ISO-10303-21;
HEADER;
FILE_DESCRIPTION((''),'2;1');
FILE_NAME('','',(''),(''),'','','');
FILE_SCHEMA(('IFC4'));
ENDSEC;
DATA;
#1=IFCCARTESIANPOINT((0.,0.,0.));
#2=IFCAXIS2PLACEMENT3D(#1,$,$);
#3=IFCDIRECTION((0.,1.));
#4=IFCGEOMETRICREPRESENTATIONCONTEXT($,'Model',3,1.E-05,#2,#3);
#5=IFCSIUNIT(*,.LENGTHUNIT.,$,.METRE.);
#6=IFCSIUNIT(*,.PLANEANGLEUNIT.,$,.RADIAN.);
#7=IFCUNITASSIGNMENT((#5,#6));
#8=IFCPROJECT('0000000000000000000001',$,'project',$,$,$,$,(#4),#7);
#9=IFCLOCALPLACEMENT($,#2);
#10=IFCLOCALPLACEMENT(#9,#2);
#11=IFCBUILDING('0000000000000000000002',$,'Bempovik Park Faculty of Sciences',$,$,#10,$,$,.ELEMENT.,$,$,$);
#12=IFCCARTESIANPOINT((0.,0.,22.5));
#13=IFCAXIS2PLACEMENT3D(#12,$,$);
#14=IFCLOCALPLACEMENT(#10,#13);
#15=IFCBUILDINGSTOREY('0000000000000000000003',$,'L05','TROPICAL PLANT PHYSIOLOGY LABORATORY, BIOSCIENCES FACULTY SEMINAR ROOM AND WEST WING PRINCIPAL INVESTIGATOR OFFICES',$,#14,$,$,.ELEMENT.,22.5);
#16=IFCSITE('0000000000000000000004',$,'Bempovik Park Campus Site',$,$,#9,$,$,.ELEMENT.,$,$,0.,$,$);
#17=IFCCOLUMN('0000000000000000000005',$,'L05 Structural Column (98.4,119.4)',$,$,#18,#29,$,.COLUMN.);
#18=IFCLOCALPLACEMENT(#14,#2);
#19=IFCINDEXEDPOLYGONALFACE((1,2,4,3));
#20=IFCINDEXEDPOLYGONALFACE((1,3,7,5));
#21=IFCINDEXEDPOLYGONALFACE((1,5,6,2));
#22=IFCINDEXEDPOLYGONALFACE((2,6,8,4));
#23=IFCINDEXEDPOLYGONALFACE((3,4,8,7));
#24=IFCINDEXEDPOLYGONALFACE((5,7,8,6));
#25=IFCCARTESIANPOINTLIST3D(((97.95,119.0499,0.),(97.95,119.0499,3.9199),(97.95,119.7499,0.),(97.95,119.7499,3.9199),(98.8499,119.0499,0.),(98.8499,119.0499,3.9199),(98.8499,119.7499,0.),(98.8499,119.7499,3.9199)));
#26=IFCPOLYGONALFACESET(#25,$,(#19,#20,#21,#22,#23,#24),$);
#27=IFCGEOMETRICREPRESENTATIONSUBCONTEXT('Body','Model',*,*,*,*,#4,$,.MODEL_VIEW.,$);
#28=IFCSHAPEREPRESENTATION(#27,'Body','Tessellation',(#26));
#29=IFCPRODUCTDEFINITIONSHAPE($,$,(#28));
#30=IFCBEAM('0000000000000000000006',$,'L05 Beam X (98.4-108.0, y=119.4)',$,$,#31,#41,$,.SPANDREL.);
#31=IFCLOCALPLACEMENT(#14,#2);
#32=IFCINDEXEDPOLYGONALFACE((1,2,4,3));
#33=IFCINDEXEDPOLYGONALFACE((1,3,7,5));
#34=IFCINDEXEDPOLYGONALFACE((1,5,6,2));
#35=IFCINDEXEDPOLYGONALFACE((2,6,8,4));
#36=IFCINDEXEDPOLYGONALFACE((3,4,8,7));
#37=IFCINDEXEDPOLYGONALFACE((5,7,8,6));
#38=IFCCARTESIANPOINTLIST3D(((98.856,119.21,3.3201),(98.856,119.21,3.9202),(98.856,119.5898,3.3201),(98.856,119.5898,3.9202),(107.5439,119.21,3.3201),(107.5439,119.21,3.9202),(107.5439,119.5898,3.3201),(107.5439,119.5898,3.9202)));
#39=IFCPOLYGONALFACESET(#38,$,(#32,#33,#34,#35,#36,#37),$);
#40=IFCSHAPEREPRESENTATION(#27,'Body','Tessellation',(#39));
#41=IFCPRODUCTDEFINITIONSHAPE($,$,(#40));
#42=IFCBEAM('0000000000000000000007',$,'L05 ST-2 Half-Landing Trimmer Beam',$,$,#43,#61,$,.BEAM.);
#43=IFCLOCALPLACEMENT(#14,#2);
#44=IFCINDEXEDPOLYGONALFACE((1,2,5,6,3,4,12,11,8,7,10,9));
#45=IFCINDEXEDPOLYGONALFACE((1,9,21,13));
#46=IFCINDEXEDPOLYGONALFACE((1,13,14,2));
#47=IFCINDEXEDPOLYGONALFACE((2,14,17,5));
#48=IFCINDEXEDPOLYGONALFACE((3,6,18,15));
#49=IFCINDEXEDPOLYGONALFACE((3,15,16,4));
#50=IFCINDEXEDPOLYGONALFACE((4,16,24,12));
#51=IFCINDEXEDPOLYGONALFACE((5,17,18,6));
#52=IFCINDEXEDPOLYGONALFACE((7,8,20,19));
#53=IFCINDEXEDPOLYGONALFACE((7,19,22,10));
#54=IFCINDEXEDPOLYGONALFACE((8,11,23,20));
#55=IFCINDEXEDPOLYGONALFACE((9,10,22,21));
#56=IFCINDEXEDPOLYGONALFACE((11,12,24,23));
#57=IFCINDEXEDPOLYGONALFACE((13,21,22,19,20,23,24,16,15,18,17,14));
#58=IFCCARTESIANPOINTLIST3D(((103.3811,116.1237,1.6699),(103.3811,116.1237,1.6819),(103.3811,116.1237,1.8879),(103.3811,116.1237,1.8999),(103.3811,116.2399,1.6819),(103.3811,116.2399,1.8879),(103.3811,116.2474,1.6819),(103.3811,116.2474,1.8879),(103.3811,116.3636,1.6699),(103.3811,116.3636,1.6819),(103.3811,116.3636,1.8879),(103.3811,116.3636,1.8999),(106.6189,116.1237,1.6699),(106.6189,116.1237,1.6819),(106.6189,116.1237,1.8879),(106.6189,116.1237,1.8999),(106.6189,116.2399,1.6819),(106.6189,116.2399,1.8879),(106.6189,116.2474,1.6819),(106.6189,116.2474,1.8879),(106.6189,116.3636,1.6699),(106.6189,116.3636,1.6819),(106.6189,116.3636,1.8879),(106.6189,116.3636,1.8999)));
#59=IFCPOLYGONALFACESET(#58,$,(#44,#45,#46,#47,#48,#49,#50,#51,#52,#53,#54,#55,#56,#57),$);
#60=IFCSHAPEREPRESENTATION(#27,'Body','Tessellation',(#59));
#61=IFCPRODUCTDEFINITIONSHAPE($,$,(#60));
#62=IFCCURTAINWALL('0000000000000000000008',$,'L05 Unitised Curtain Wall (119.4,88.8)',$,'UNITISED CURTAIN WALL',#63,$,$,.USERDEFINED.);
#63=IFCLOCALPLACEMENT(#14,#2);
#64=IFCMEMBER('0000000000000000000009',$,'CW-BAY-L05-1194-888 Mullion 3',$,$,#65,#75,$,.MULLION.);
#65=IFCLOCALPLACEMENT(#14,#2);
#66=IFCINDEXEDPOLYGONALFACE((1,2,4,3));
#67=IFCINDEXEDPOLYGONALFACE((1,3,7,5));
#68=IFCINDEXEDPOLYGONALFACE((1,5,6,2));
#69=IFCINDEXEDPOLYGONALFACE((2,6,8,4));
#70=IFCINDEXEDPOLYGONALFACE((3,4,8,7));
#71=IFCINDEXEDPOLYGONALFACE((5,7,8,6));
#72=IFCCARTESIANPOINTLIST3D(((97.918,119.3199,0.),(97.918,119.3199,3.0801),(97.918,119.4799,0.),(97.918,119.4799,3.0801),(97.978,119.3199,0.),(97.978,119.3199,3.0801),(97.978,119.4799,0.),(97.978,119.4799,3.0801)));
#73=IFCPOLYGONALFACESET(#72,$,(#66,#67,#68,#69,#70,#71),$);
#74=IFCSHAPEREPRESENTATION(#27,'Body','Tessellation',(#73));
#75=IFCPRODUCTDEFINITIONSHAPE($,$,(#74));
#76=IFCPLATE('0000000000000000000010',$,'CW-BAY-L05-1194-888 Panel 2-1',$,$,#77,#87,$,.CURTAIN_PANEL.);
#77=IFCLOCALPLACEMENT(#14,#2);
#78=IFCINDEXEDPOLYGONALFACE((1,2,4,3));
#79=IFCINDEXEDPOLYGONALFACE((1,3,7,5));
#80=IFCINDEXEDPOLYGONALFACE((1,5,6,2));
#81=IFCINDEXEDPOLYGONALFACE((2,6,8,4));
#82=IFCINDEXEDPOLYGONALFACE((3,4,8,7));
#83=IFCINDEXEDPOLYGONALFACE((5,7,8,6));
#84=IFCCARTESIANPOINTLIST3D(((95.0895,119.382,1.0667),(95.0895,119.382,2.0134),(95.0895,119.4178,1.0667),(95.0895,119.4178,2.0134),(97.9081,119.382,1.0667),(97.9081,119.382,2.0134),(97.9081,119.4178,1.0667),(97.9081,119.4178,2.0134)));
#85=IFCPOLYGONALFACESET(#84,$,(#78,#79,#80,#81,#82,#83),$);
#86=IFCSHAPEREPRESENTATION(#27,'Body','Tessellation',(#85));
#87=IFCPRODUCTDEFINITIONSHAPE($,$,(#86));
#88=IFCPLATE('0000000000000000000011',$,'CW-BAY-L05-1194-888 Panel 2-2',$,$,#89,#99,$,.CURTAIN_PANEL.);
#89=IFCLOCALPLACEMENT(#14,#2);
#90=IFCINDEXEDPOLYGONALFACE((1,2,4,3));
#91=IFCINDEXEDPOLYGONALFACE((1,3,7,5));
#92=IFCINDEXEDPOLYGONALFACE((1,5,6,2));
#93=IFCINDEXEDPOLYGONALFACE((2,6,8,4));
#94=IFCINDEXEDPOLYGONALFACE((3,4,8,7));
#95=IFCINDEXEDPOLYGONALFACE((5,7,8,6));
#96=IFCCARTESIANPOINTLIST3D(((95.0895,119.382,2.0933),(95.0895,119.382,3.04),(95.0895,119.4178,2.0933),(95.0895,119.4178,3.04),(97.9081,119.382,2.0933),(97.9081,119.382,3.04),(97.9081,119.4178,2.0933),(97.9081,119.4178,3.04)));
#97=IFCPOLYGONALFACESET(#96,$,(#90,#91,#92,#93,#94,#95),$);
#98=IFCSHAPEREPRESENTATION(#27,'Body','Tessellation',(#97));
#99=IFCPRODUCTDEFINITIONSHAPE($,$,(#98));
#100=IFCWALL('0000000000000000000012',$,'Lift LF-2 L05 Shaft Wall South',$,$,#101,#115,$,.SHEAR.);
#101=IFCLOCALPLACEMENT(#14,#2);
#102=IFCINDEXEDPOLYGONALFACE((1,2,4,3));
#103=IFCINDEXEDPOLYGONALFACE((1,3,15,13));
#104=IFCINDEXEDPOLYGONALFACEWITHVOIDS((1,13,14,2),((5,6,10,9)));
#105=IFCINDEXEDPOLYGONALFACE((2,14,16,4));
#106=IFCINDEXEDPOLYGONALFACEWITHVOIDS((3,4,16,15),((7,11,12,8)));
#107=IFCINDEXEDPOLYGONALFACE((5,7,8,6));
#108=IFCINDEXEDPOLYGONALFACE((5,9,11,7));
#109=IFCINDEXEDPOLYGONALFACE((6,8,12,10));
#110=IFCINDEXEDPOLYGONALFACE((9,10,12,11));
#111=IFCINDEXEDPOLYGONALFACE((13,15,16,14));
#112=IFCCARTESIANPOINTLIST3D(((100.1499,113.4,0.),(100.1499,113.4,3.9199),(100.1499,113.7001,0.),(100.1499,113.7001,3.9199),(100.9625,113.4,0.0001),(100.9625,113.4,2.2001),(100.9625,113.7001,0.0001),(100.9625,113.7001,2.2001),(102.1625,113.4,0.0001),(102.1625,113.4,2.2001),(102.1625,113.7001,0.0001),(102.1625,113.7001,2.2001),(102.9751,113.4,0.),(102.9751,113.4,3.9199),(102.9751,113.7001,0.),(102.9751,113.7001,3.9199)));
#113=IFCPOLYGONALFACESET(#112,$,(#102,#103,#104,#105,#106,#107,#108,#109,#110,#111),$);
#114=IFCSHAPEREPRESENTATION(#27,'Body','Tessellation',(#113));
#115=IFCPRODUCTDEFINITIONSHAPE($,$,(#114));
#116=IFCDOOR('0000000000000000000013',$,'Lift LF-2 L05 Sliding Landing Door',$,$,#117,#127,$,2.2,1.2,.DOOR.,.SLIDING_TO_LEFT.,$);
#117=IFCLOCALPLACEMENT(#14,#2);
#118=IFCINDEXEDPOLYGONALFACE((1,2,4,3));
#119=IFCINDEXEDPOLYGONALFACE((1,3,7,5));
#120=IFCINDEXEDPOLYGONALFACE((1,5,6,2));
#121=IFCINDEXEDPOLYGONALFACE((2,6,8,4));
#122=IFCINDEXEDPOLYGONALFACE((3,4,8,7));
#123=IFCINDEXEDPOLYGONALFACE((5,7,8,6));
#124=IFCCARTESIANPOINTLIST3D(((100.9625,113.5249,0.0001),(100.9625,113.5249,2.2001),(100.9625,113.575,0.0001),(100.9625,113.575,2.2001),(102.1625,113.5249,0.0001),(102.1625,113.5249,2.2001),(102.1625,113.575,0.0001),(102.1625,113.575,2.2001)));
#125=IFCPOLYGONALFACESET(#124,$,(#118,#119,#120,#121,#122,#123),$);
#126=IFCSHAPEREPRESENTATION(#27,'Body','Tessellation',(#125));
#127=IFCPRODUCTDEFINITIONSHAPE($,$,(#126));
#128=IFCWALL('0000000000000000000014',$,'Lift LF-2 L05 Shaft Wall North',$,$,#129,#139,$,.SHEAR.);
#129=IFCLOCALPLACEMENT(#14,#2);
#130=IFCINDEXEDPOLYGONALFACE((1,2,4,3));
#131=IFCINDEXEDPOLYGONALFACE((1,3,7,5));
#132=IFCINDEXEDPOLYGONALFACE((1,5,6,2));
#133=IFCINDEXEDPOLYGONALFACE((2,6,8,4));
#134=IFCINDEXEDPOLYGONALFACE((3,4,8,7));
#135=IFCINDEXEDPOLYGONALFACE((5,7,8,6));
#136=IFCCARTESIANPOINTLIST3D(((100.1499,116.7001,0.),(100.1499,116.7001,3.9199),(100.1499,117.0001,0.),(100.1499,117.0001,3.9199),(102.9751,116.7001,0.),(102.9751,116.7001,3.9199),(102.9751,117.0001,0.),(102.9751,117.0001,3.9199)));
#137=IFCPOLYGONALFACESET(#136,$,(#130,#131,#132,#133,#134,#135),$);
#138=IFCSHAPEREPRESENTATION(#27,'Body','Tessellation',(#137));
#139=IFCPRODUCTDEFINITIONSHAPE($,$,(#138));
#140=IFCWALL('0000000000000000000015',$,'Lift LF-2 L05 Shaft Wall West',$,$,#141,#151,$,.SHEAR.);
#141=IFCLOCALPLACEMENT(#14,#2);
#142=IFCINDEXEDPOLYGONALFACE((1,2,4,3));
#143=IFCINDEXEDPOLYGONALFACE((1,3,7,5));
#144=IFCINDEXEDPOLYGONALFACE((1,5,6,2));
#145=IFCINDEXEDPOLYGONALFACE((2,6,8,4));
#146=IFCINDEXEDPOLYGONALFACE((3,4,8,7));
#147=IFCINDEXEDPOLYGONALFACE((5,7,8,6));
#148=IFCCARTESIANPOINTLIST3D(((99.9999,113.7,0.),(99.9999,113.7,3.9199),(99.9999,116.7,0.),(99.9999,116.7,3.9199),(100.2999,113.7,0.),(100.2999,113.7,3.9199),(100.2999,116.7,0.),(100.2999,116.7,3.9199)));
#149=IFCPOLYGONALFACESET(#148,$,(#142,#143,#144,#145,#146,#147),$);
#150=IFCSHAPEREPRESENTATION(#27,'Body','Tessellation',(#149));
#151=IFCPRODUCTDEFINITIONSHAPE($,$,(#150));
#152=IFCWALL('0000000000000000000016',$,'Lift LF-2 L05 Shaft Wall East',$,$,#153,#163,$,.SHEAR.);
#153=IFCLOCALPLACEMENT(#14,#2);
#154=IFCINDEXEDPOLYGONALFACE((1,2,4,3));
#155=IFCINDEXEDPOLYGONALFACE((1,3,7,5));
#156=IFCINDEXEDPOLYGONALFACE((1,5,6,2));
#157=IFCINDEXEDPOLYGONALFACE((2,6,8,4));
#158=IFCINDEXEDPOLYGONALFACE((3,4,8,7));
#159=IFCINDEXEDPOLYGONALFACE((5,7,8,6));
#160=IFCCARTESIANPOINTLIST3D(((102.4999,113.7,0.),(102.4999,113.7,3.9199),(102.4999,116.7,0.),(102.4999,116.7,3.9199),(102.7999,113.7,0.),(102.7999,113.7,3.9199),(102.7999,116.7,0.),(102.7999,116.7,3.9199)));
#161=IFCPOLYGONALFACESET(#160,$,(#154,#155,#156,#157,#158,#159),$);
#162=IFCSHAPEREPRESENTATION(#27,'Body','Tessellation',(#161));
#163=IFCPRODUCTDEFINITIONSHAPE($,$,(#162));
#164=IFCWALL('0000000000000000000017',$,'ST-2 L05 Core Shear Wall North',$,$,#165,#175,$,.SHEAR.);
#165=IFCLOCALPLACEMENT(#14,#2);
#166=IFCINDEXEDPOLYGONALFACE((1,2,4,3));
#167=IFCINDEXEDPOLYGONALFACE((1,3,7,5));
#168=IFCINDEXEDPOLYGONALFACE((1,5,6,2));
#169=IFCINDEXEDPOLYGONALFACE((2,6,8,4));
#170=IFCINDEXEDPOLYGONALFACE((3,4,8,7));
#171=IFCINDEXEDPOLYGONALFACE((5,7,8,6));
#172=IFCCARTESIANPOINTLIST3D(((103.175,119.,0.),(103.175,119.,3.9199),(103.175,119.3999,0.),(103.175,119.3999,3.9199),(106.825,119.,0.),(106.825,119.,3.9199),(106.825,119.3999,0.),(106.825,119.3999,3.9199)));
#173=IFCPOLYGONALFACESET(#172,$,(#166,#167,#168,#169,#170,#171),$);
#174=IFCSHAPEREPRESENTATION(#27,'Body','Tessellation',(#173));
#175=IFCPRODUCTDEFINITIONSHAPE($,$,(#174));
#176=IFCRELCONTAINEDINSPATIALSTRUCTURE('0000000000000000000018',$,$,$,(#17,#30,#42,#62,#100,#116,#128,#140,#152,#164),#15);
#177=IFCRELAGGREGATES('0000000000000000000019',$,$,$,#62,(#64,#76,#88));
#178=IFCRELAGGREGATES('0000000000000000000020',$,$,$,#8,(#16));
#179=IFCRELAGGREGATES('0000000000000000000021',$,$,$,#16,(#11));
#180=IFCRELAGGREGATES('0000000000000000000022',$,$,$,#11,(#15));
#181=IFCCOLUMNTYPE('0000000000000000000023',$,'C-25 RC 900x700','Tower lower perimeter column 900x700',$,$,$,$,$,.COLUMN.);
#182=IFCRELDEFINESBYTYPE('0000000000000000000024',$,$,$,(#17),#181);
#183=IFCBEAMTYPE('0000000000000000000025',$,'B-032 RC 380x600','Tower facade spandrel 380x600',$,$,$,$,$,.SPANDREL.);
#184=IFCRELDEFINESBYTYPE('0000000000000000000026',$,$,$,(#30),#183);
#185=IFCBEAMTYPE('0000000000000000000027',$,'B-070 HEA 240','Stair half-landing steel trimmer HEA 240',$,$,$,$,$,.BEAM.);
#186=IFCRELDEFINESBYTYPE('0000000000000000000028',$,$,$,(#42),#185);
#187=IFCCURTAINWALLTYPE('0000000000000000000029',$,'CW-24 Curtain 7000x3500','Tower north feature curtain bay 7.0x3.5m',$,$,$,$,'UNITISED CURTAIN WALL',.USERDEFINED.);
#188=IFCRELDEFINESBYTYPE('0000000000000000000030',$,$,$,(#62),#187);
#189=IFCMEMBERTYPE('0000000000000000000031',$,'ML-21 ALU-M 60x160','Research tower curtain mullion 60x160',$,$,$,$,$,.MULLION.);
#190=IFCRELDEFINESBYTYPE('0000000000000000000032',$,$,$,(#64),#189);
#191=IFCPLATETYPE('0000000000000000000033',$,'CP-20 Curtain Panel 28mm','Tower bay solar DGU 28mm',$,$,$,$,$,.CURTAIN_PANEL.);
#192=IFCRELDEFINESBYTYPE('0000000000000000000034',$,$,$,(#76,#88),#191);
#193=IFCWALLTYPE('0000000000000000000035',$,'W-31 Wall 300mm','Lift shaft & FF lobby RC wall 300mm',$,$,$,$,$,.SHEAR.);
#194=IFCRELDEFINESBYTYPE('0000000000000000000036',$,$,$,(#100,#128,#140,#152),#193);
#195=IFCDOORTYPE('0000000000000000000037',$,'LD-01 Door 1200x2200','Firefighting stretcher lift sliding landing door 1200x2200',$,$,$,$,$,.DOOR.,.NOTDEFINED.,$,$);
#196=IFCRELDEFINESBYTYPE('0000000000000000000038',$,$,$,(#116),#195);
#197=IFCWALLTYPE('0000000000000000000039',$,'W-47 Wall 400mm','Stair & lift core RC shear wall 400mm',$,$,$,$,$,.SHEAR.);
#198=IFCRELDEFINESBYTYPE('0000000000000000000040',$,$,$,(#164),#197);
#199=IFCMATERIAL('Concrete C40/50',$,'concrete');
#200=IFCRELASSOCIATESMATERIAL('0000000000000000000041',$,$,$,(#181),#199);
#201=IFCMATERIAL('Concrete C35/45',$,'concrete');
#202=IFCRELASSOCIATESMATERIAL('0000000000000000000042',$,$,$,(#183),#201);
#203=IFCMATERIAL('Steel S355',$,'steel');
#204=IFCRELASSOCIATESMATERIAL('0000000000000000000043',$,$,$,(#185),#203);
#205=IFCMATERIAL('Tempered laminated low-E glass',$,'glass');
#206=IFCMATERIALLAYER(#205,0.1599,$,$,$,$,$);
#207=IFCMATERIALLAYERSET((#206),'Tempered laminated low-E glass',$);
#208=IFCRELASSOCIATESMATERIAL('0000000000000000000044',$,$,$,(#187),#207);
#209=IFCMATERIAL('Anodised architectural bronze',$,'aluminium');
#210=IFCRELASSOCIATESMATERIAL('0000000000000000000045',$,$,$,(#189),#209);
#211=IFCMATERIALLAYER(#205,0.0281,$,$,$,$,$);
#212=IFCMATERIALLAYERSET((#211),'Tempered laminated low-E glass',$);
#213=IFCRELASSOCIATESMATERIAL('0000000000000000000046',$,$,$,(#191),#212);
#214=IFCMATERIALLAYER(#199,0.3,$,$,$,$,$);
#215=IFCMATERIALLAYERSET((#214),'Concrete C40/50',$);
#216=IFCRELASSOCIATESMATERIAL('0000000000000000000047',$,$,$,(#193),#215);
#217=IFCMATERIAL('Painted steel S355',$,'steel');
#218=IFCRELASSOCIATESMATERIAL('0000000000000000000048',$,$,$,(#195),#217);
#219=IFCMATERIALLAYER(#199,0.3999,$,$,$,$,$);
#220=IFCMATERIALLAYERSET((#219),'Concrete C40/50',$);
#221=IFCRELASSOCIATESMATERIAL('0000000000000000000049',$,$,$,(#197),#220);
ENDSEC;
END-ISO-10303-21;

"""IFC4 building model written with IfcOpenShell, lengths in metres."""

from ifc_helpers import new_model, si_unit, direction, frame, frame_2d, origin, origin_2d, place, context, subcontext, project, spatial, rectangle, i_section, extrude, material, layer, layer_set, material_profile, profile_set, type_object, element, fill, aggregate, save


model = new_model("IFC4")

# Units and contexts
model_context = context("Model", 3, precision=1e-05, world=origin(), true_north=direction((0.0, 1.0)))
body_context = subcontext(model_context, "Body", "Model", "MODEL_VIEW")
ifc_project = project(units=[si_unit("LENGTHUNIT", "METRE"), si_unit("PLANEANGLEUNIT", "RADIAN")], contexts=[model_context])

# Site, building, storey
site_placement = place(None, origin())
site = spatial("IfcSite", under=ifc_project, at=site_placement, Name="Bempovik Park Campus Site", CompositionType="ELEMENT", RefElevation=0.0)
building_placement = place(site_placement, origin())
building = spatial("IfcBuilding", under=site, at=building_placement, Name="Bempovik Park Faculty of Sciences", CompositionType="ELEMENT")
storey_placement = place(building_placement, frame((0.0, 0.0, 22.5)))
storey = spatial("IfcBuildingStorey", under=building, at=storey_placement, Name="L05", Description="TROPICAL PLANT PHYSIOLOGY LABORATORY, BIOSCIENCES FACULTY SEMINAR ROOM AND WEST WING PRINCIPAL INVESTIGATOR OFFICES", CompositionType="ELEMENT", Elevation=22.5)

# Column
ifc_material_1 = material(Name="Concrete C40/50", Category="concrete")
ifc_material_profile_1 = material_profile(ifc_material_1, rectangle(XDim=0.8999, YDim=0.7, at=origin_2d()), Name="RC 900x700")
ifc_profile_set_1 = profile_set([ifc_material_profile_1], Name="Concrete C40/50")
column_type = type_object("IfcColumnType", Name="C-25 RC 900x700", Description="Tower lower perimeter column 900x700", PredefinedType="COLUMN", material=ifc_profile_set_1)
column_placement = place(storey_placement, frame((98.3999, 119.3999, 0.0), z_axis=(0.0, 0.0, 1.0), x_axis=(1.0, 0.0, 0.0)))
element("IfcColumn", 1, at=column_placement, inside=storey, type_object=column_type, Name="L05 Structural Column (98.4,119.4)", PredefinedType="COLUMN", context=body_context, shape_type="SweptSolid", body=[
    extrude(rectangle(XDim=0.8999, YDim=0.7, at=origin_2d()), origin(), (0.0, 0.0, 1.0), 3.9199),
])

# Beams
ifc_material_2 = material(Name="Concrete C35/45", Category="concrete")
ifc_material_profile_2 = material_profile(ifc_material_2, rectangle(XDim=0.3799, YDim=0.6001, at=origin_2d()), Name="RC 380x600")
ifc_profile_set_2 = profile_set([ifc_material_profile_2], Name="Concrete C35/45")
beam_type_1 = type_object("IfcBeamType", Name="B-032 RC 380x600", Description="Tower facade spandrel 380x600", PredefinedType="SPANDREL", material=ifc_profile_set_2)
beam_1_placement = place(storey_placement, frame((98.856, 119.3999, 3.6201), z_axis=(1.0, 0.0, 0.0), x_axis=(0.0, 1.0, 0.0)))
element("IfcBeam", 2, at=beam_1_placement, inside=storey, type_object=beam_type_1, Name="L05 Beam X (98.4-108.0, y=119.4)", PredefinedType="SPANDREL", context=body_context, shape_type="SweptSolid", body=[
    extrude(rectangle(XDim=0.3799, YDim=0.6001, at=origin_2d()), origin(), (0.0, 0.0, 1.0), 8.688),
])
ifc_material_3 = material(Name="Steel S355", Category="steel")
ifc_material_profile_3 = material_profile(ifc_material_3, i_section(OverallWidth=0.24, OverallDepth=0.23, WebThickness=0.0076, FlangeThickness=0.012, at=origin_2d()), Name="HEA 240")
ifc_profile_set_3 = profile_set([ifc_material_profile_3], Name="Steel S355")
beam_type_2 = type_object("IfcBeamType", Name="B-070 HEA 240", Description="Stair half-landing steel trimmer HEA 240", PredefinedType="BEAM", material=ifc_profile_set_3)
beam_2_placement = place(storey_placement, frame((103.3811, 116.2437, 1.7849), z_axis=(1.0, 0.0, 0.0), x_axis=(0.0, 1.0, 0.0)))
element("IfcBeam", 3, at=beam_2_placement, inside=storey, type_object=beam_type_2, Name="L05 ST-2 Half-Landing Trimmer Beam", PredefinedType="BEAM", context=body_context, shape_type="SweptSolid", body=[
    extrude(i_section(OverallWidth=0.24, OverallDepth=0.23, WebThickness=0.0076, FlangeThickness=0.012, at=origin_2d()), origin(), (0.0, 0.0, 1.0), 3.2378),
])

# Curtain wall, member, plates
ifc_material_4 = material(Name="Tempered laminated low-E glass", Category="glass")
ifc_layer_1 = layer(ifc_material_4, 0.1599)
ifc_layer_set_1 = layer_set([ifc_layer_1], Name="Tempered laminated low-E glass")
curtain_wall_type = type_object("IfcCurtainWallType", Name="CW-24 Curtain 7000x3500", Description="Tower north feature curtain bay 7.0x3.5m", ElementType="UNITISED CURTAIN WALL", PredefinedType="USERDEFINED", material=ifc_layer_set_1)
curtain_wall_placement = place(storey_placement, origin())
curtain_wall = element("IfcCurtainWall", 4, at=curtain_wall_placement, inside=storey, type_object=curtain_wall_type, Name="L05 Unitised Curtain Wall (119.4,88.8)", ObjectType="UNITISED CURTAIN WALL", PredefinedType="USERDEFINED")
ifc_material_5 = material(Name="Anodised architectural bronze", Category="aluminium")
ifc_material_profile_4 = material_profile(ifc_material_5, rectangle(XDim=0.0601, YDim=0.1599, at=origin_2d()), Name="ALU-M 60x160")
ifc_profile_set_4 = profile_set([ifc_material_profile_4], Name="Anodised architectural bronze")
member_type = type_object("IfcMemberType", Name="ML-21 ALU-M 60x160", Description="Research tower curtain mullion 60x160", PredefinedType="MULLION", material=ifc_profile_set_4)
member_placement = place(storey_placement, frame((97.948, 119.3999, 0.0), z_axis=(0.0, 0.0, 1.0), x_axis=(1.0, 0.0, 0.0)))
member = element("IfcMember", 5, at=member_placement, type_object=member_type, Name="CW-BAY-L05-1194-888 Mullion 3", PredefinedType="MULLION", context=body_context, shape_type="SweptSolid", body=[
    extrude(rectangle(XDim=0.0601, YDim=0.1599, at=origin_2d()), origin(), (0.0, 0.0, 1.0), 3.0801),
])
ifc_layer_2 = layer(ifc_material_4, 0.0281)
ifc_layer_set_2 = layer_set([ifc_layer_2], Name="Tempered laminated low-E glass")
plate_type = type_object("IfcPlateType", Name="CP-20 Curtain Panel 28mm", Description="Tower bay solar DGU 28mm", PredefinedType="CURTAIN_PANEL", material=ifc_layer_set_2)
plate_1_placement = place(storey_placement, frame((96.4988, 119.3999, 1.0667), z_axis=(0.0, 0.0, 1.0), x_axis=(1.0, 0.0, 0.0)))
plate_1 = element("IfcPlate", 6, at=plate_1_placement, type_object=plate_type, Name="CW-BAY-L05-1194-888 Panel 2-1", PredefinedType="CURTAIN_PANEL", context=body_context, shape_type="SweptSolid", body=[
    extrude(rectangle(XDim=2.8186, YDim=0.0359, at=origin_2d()), origin(), (0.0, 0.0, 1.0), 0.9468),
])
plate_2_placement = place(storey_placement, frame((96.4988, 119.3999, 2.0933), z_axis=(0.0, 0.0, 1.0), x_axis=(1.0, 0.0, 0.0)))
plate_2 = element("IfcPlate", 7, at=plate_2_placement, type_object=plate_type, Name="CW-BAY-L05-1194-888 Panel 2-2", PredefinedType="CURTAIN_PANEL", context=body_context, shape_type="SweptSolid", body=[
    extrude(rectangle(XDim=2.8186, YDim=0.0359, at=origin_2d()), origin(), (0.0, 0.0, 1.0), 0.9468),
])
aggregate(curtain_wall, [member, plate_1, plate_2])

# Wall, opening, door
ifc_layer_3 = layer(ifc_material_1, 0.3)
ifc_layer_set_3 = layer_set([ifc_layer_3], Name="Concrete C40/50")
wall_type_1 = type_object("IfcWallType", Name="W-31 Wall 300mm", Description="Lift shaft & FF lobby RC wall 300mm", PredefinedType="SHEAR", material=ifc_layer_set_3)
wall_1_placement = place(storey_placement, frame((100.1499, 113.55, 0.0), z_axis=(0.0, 0.0, 1.0), x_axis=(1.0, 0.0, 0.0)))
wall_1 = element("IfcWall", 8, at=wall_1_placement, inside=storey, type_object=wall_type_1, Name="Lift LF-2 L05 Shaft Wall South", PredefinedType="SHEAR", context=body_context, shape_type="SweptSolid", body=[
    extrude(rectangle(XDim=2.8252, YDim=0.3, at=frame_2d((1.4126, 0.0))), origin(), (0.0, 0.0, 1.0), 3.9199),
])
opening_1_placement = place(wall_1_placement, frame((0.8125, 0.0, 0.0)))
opening_1 = element("IfcOpeningElement", 9, at=opening_1_placement, cuts=wall_1, PredefinedType="OPENING", context=body_context, shape_type="SweptSolid", body=[
    extrude(rectangle(XDim=1.2, YDim=2.2, at=frame_2d((0.6001, 1.1001))), frame((0.0, 0.1602, 0.0), z_axis=(0.0, -1.0, 0.0), x_axis=(1.0, 0.0, 0.0)), (0.0, 0.0, 1.0), 0.3201),
])
ifc_material_6 = material(Name="Painted steel S355", Category="steel")
door_type = type_object("IfcDoorType", Name="LD-01 Door 1200x2200", Description="Firefighting stretcher lift sliding landing door 1200x2200", OperationType="NOTDEFINED", PredefinedType="DOOR", material=ifc_material_6)
door_placement = place(opening_1_placement, origin())
door = element("IfcDoor", 10, at=door_placement, inside=storey, type_object=door_type, Name="Lift LF-2 L05 Sliding Landing Door", OperationType="SLIDING_TO_LEFT", OverallHeight=2.2, OverallWidth=1.2, PredefinedType="DOOR", context=body_context, shape_type="SweptSolid", body=[
    extrude(rectangle(XDim=1.2, YDim=2.2, at=frame_2d((0.6001, 1.1001))), frame((0.0, 0.0249, 0.0), z_axis=(0.0, -1.0, 0.0), x_axis=(1.0, 0.0, 0.0)), (0.0, 0.0, 1.0), 0.05),
])
fill(opening_1, door)

# Walls
wall_2_placement = place(storey_placement, frame((100.1499, 116.8501, 0.0), z_axis=(0.0, 0.0, 1.0), x_axis=(1.0, 0.0, 0.0)))
element("IfcWall", 11, at=wall_2_placement, inside=storey, type_object=wall_type_1, Name="Lift LF-2 L05 Shaft Wall North", PredefinedType="SHEAR", context=body_context, shape_type="SweptSolid", body=[
    extrude(rectangle(XDim=2.8252, YDim=0.3, at=frame_2d((1.4126, 0.0))), origin(), (0.0, 0.0, 1.0), 3.9199),
])
for number, where, z_axis, x_axis, name in (
    (12, (100.1499, 113.7, 0.0), (0.0, 0.0, 1.0), (0.0, 1.0, 0.0), "Lift LF-2 L05 Shaft Wall West"),
    (13, (102.6499, 113.7, 0.0), (0.0, 0.0, 1.0), (0.0, 1.0, 0.0), "Lift LF-2 L05 Shaft Wall East"),
):
    element("IfcWall", number, at=place(storey_placement, frame(where, z_axis=z_axis, x_axis=x_axis)), inside=storey, type_object=wall_type_1, Name=name, PredefinedType="SHEAR", context=body_context, shape_type="SweptSolid", body=[
        extrude(rectangle(XDim=3.0, YDim=0.3, at=frame_2d((1.5, 0.0))), origin(), (0.0, 0.0, 1.0), 3.9199),
    ])
ifc_layer_4 = layer(ifc_material_1, 0.3999)
ifc_layer_set_4 = layer_set([ifc_layer_4], Name="Concrete C40/50")
wall_type_2 = type_object("IfcWallType", Name="W-47 Wall 400mm", Description="Stair & lift core RC shear wall 400mm", PredefinedType="SHEAR", material=ifc_layer_set_4)
wall_3_placement = place(storey_placement, frame((103.175, 119.2, 0.0), z_axis=(0.0, 0.0, 1.0), x_axis=(1.0, 0.0, 0.0)))
element("IfcWall", 14, at=wall_3_placement, inside=storey, type_object=wall_type_2, Name="ST-2 L05 Core Shear Wall North", PredefinedType="SHEAR", context=body_context, shape_type="SweptSolid", body=[
    extrude(rectangle(XDim=3.6499, YDim=0.3999, at=frame_2d((1.825, 0.0))), origin(), (0.0, 0.0, 1.0), 3.9199),
])

save(model, "model.ifc")
